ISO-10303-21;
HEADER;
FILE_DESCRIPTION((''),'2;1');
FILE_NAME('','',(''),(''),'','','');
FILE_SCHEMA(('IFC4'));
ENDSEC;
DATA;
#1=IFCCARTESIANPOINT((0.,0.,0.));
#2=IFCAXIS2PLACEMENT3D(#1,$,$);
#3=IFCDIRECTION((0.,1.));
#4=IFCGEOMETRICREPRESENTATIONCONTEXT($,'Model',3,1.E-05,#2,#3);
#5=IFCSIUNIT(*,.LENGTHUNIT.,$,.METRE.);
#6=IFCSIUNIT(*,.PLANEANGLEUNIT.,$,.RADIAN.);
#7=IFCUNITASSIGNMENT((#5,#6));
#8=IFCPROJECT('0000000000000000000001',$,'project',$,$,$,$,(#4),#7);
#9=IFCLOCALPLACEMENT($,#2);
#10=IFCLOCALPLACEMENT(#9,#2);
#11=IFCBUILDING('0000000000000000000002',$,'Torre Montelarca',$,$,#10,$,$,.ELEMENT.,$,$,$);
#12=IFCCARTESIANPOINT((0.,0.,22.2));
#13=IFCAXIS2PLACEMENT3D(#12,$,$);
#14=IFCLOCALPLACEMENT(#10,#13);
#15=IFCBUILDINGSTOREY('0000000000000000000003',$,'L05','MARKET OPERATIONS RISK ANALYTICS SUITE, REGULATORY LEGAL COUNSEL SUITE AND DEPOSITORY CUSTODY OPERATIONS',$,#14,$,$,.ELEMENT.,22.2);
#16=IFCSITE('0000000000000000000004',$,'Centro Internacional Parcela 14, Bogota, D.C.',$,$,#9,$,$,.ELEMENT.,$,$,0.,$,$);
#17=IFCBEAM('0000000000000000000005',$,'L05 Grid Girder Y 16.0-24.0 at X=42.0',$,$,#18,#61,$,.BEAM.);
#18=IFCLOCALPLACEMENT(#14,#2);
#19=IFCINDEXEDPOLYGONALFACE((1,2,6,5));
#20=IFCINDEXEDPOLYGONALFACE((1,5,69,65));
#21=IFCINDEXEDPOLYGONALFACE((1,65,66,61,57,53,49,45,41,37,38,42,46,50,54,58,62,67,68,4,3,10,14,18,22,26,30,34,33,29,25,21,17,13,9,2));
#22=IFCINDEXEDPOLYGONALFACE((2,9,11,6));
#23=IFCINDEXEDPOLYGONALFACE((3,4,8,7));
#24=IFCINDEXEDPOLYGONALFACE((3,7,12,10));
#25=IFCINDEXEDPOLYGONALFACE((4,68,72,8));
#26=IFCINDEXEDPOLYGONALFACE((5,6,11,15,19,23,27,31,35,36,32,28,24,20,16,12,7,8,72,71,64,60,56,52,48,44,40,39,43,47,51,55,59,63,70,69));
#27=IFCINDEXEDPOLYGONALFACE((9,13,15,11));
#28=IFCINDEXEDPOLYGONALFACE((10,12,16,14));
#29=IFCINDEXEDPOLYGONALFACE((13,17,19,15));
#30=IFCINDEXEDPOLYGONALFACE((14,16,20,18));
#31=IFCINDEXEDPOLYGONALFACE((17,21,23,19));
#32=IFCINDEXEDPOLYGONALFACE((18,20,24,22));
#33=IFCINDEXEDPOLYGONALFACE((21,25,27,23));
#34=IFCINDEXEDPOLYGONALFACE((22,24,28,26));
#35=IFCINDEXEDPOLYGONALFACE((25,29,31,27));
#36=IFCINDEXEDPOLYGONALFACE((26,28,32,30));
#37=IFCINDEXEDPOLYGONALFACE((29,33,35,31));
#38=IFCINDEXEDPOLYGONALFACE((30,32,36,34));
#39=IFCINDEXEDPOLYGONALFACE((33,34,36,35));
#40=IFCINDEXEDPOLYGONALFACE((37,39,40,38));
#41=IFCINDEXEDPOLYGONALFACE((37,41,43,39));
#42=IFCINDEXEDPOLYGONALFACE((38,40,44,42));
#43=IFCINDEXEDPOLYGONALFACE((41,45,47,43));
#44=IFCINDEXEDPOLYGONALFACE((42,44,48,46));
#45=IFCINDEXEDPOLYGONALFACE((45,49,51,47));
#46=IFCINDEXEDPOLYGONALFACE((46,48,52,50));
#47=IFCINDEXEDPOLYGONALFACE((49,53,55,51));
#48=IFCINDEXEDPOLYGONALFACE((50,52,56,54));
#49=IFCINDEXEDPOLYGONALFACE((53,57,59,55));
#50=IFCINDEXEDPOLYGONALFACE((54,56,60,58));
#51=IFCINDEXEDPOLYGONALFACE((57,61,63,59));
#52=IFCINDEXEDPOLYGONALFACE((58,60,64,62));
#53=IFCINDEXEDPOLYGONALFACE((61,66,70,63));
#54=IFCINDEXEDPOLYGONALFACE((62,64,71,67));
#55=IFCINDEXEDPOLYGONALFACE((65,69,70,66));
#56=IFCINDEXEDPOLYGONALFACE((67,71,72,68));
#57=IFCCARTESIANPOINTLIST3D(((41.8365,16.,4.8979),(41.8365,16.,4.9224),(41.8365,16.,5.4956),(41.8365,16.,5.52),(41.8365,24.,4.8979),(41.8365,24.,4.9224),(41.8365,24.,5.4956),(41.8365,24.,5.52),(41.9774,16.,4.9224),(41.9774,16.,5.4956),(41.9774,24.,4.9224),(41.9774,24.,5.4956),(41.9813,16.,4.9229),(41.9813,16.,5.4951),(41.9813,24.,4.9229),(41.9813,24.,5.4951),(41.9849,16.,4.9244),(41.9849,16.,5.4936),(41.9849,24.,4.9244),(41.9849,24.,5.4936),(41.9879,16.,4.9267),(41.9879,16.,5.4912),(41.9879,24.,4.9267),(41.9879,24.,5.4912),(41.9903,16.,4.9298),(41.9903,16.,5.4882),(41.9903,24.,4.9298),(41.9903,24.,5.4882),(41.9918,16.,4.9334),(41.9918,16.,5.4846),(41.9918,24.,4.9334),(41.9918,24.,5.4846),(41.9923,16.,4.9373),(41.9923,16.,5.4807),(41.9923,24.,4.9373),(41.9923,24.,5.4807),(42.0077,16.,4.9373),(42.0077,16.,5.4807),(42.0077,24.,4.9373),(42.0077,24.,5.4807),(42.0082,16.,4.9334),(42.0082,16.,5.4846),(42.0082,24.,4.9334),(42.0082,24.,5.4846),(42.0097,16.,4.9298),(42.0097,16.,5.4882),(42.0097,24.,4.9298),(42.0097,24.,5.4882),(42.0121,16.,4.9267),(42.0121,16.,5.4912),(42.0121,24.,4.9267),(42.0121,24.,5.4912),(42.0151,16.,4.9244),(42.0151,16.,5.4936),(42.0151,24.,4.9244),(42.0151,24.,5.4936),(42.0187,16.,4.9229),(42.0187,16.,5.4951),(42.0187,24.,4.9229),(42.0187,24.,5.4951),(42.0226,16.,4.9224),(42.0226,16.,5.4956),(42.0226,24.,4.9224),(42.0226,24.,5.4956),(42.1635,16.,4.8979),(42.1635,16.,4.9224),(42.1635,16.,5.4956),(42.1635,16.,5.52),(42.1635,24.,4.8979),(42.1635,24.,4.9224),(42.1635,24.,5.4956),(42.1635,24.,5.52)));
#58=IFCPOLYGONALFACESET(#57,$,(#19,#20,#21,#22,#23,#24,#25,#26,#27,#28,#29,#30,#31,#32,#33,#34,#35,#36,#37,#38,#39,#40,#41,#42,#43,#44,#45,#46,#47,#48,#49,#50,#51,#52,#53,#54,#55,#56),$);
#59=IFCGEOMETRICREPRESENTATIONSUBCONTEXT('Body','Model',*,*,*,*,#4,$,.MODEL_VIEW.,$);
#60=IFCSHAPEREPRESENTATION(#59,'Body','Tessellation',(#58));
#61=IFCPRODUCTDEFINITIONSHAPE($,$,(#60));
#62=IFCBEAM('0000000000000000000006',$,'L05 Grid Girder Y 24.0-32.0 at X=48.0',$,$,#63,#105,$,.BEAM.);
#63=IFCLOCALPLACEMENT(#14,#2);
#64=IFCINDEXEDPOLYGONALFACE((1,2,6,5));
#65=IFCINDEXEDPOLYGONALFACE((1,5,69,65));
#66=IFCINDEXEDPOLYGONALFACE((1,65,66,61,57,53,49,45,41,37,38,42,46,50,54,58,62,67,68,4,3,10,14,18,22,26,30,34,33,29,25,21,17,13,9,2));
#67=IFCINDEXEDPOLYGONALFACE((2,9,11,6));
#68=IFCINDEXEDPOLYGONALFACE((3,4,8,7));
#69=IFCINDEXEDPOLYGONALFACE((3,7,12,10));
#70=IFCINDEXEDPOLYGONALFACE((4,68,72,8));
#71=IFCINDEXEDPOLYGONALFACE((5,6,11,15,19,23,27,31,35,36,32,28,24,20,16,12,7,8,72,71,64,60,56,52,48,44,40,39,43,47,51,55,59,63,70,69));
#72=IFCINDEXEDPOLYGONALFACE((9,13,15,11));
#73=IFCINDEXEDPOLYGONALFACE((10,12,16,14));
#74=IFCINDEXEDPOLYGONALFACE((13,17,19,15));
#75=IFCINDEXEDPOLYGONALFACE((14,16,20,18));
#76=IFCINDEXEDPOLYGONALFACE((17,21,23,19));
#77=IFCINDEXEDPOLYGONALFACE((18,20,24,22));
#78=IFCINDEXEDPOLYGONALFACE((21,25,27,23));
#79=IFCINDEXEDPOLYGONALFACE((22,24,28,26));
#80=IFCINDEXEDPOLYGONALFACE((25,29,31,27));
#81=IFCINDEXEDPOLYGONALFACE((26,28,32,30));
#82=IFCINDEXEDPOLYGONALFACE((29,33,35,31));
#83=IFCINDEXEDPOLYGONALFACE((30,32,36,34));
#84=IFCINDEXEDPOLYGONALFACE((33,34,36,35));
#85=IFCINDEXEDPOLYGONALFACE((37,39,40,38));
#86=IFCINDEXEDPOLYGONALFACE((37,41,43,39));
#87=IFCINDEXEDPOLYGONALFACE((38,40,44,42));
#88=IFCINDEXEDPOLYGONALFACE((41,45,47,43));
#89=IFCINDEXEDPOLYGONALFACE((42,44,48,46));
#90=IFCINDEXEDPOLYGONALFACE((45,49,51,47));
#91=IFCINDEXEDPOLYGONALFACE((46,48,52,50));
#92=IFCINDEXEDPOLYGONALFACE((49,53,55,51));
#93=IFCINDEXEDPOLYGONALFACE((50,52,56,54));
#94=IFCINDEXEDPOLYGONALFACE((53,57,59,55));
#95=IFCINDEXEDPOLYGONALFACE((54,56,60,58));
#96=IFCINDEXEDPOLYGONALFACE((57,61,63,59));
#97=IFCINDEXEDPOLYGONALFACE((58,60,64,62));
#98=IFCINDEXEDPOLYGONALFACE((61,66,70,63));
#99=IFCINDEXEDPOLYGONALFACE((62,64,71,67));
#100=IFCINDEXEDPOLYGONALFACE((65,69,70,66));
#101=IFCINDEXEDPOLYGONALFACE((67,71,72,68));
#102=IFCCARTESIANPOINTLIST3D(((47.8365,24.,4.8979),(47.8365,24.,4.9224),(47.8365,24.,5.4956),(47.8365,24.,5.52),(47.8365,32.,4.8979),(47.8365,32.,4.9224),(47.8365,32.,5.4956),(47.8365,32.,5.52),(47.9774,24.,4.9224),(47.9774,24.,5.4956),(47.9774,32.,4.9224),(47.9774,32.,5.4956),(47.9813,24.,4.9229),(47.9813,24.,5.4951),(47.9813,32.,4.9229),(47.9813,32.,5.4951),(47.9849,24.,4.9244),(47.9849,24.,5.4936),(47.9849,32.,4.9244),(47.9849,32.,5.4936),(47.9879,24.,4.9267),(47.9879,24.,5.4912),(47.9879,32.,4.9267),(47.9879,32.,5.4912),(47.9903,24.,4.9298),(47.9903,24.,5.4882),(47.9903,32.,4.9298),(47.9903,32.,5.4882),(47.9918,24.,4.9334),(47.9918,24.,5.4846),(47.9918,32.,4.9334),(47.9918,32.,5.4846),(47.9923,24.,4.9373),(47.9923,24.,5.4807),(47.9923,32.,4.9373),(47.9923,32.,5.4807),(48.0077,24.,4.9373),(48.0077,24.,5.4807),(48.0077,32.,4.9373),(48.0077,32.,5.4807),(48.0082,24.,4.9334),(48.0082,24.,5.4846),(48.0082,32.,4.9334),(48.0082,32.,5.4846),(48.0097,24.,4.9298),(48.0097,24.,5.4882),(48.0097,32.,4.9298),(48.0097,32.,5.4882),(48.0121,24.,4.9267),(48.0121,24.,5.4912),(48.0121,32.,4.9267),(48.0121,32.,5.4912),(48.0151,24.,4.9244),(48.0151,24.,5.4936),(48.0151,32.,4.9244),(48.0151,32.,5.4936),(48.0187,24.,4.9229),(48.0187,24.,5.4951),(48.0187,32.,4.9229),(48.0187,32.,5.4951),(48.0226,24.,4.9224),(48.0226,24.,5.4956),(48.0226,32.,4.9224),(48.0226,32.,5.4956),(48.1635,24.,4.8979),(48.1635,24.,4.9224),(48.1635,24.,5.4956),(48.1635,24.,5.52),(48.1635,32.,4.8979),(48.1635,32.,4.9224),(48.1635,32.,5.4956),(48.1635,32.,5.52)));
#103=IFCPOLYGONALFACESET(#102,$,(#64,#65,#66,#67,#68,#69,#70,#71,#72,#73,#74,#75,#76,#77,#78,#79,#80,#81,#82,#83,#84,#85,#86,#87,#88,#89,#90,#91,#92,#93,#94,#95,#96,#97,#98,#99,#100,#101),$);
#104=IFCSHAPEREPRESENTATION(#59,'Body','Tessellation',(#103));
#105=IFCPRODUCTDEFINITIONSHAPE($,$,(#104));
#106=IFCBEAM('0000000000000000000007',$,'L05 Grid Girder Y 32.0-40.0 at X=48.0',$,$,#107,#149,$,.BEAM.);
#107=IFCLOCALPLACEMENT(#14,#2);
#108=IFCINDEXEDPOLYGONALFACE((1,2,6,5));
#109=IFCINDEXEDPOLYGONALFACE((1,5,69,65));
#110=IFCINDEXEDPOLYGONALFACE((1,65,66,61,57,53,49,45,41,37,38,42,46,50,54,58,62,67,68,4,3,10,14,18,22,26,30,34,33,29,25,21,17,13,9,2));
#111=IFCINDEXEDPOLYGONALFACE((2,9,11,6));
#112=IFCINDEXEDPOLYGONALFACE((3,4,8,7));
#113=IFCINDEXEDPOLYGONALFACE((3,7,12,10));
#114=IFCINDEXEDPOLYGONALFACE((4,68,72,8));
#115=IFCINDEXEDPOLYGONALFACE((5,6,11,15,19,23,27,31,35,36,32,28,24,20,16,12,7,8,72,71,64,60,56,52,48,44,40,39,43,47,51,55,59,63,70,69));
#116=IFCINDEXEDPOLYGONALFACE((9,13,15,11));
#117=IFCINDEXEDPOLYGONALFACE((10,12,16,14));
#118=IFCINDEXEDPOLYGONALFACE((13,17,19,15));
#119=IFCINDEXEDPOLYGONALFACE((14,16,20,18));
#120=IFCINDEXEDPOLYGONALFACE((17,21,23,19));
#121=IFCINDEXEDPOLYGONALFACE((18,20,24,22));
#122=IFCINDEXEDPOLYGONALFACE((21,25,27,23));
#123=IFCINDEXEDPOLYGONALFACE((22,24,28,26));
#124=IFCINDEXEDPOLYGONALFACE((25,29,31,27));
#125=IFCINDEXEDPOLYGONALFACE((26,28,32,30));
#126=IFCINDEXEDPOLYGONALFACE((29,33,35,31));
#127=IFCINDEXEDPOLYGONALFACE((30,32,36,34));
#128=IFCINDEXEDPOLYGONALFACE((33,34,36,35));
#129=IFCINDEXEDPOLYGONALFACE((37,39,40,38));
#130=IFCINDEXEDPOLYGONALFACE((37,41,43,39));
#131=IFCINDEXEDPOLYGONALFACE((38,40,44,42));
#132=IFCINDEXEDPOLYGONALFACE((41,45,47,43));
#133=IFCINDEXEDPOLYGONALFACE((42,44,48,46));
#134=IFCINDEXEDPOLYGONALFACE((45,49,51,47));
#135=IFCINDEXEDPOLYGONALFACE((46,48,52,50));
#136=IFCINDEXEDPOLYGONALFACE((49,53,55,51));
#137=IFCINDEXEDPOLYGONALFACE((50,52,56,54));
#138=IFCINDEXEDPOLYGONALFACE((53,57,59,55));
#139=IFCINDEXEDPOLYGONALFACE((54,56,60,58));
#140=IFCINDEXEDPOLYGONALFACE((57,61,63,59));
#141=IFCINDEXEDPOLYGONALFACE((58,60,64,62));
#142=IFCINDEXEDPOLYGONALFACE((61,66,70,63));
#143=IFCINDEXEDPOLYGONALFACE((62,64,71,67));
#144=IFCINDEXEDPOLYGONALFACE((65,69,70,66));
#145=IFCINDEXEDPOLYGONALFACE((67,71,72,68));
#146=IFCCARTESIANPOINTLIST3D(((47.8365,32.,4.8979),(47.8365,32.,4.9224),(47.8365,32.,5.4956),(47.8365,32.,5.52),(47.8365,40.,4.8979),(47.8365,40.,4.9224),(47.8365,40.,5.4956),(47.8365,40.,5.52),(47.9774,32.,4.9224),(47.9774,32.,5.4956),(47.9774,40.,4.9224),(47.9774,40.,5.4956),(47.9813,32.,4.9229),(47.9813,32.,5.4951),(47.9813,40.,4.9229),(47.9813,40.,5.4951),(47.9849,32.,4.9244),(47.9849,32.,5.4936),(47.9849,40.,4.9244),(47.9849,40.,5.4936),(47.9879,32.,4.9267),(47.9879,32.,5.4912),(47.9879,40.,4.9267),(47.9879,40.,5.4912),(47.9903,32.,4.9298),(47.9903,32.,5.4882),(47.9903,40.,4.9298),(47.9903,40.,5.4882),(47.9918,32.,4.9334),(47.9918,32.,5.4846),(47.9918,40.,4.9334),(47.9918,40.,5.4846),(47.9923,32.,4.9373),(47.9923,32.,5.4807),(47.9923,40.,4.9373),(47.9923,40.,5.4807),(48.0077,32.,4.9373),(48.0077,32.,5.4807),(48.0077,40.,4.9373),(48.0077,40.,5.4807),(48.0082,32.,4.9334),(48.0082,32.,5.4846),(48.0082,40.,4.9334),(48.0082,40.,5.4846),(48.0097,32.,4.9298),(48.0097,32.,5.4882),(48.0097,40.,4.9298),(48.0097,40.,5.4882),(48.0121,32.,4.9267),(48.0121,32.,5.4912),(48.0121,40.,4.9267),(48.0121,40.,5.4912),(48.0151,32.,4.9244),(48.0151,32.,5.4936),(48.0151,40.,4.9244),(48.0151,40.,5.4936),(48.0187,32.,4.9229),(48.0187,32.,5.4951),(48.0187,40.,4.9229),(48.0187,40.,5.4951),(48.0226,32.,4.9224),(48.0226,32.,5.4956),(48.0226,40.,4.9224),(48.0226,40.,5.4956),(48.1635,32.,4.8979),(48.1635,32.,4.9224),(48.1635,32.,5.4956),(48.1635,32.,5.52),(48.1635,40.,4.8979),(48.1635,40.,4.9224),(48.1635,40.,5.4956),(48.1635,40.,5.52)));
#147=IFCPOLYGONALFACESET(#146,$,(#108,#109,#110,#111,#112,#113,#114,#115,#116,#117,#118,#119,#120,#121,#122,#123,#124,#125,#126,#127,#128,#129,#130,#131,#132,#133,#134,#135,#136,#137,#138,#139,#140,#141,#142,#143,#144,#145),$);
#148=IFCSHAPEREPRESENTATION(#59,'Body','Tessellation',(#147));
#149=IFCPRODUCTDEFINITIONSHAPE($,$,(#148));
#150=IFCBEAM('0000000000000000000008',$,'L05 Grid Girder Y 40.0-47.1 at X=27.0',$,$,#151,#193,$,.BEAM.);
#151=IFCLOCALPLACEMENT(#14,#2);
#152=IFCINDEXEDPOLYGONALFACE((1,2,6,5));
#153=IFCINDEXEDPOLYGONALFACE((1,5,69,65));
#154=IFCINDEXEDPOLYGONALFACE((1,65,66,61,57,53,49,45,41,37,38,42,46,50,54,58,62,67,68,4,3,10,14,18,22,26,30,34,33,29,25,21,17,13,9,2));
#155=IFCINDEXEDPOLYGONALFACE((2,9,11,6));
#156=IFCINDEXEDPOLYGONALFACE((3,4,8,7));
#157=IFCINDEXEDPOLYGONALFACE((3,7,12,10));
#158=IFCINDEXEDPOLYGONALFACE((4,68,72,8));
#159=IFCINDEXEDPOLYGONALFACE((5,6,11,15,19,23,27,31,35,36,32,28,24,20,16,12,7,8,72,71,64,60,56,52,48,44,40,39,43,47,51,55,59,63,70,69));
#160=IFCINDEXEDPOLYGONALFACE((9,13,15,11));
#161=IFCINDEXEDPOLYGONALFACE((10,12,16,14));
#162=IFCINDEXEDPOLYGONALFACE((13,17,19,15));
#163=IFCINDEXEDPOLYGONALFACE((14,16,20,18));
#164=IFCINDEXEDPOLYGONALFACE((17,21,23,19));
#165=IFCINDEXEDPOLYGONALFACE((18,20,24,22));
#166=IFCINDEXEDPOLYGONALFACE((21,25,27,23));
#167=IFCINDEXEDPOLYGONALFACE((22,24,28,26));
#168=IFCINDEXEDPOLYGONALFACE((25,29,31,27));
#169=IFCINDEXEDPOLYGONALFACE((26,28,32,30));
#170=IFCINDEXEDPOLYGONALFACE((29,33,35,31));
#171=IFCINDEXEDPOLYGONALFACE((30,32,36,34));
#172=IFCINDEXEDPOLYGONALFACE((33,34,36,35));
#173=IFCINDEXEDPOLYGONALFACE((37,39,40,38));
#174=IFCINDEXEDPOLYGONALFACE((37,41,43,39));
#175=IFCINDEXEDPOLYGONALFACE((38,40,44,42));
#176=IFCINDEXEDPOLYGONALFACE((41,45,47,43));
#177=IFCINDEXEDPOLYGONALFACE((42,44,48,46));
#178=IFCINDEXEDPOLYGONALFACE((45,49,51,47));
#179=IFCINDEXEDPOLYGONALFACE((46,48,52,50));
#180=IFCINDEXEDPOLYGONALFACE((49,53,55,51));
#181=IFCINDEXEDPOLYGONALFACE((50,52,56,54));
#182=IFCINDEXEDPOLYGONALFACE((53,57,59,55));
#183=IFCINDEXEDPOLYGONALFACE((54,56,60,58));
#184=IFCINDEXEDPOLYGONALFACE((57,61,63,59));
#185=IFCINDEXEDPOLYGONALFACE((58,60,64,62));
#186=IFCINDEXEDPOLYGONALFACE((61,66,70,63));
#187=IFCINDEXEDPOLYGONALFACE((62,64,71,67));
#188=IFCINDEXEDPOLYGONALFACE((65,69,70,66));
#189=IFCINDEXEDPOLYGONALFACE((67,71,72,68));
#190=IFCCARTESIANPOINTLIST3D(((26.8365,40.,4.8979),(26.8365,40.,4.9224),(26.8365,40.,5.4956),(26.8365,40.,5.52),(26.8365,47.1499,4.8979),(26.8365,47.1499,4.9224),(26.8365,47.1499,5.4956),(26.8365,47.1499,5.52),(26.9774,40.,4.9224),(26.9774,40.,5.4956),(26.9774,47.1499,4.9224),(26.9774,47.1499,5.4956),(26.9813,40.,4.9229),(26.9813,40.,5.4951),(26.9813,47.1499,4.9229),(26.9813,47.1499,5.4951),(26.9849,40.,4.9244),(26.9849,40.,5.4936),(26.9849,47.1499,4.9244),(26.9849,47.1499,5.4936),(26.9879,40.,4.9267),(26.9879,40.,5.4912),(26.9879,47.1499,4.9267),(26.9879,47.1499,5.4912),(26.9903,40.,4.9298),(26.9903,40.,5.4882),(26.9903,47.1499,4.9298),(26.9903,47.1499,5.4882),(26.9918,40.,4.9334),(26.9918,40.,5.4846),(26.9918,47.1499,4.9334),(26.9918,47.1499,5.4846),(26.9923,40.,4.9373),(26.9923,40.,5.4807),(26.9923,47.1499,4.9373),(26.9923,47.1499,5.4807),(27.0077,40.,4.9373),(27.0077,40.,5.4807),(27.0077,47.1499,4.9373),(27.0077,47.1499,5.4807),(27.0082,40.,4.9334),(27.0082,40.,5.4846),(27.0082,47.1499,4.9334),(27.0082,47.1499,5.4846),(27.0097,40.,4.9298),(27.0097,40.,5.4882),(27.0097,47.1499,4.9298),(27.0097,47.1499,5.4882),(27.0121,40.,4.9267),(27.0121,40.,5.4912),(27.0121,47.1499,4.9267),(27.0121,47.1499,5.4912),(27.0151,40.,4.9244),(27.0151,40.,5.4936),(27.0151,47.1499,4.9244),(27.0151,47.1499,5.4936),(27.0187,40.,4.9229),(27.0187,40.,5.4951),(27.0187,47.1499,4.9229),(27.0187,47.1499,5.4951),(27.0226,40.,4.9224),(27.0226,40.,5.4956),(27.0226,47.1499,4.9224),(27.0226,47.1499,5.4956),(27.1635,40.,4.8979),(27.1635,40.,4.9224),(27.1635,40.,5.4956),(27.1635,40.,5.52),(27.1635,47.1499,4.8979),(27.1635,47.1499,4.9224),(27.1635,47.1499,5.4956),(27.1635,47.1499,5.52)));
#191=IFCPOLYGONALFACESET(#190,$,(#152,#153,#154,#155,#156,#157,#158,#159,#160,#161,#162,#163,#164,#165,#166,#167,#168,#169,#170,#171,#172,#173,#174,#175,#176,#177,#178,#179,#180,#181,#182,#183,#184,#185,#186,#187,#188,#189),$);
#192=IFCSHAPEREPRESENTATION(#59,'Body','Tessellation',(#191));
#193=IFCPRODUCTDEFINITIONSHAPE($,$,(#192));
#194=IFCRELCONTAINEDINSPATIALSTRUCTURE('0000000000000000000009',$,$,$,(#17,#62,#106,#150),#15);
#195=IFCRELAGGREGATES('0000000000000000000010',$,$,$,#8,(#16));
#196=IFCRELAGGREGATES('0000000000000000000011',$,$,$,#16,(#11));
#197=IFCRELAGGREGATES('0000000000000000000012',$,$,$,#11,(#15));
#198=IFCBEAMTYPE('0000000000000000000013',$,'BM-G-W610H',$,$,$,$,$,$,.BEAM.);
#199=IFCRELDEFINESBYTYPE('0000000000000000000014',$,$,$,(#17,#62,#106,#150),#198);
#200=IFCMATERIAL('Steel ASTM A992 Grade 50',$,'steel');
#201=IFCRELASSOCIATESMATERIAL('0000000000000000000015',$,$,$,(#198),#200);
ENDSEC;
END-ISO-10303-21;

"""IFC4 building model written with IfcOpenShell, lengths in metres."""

from ifc_helpers import new_model, si_unit, direction, frame, origin, origin_2d, place, context, subcontext, project, spatial, i_section, extrude, source, transform, mapped, material, material_profile, profile_set, type_object, element, save


model = new_model("IFC4")

# Units and contexts
model_context = context("Model", 3, precision=1e-05, world=origin(), true_north=direction((0.0, 1.0)))
body_context = subcontext(model_context, "Body", "Model", "MODEL_VIEW")
ifc_project = project(units=[si_unit("LENGTHUNIT", "METRE"), si_unit("PLANEANGLEUNIT", "RADIAN")], contexts=[model_context])

# Site, building, storey
site_placement = place(None, origin())
site = spatial("IfcSite", under=ifc_project, at=site_placement, Name="Centro Internacional Parcela 14, Bogota, D.C.", CompositionType="ELEMENT", RefElevation=0.0)
building_placement = place(site_placement, origin())
building = spatial("IfcBuilding", under=site, at=building_placement, Name="Torre Montelarca", CompositionType="ELEMENT")
storey_placement = place(building_placement, frame((0.0, 0.0, 22.2)))
storey = spatial("IfcBuildingStorey", under=building, at=storey_placement, Name="L05", Description="MARKET OPERATIONS RISK ANALYTICS SUITE, REGULATORY LEGAL COUNSEL SUITE AND DEPOSITORY CUSTODY OPERATIONS", CompositionType="ELEMENT", Elevation=22.2)

# Beams
ifc_material_1 = material(Name="Steel ASTM A992 Grade 50", Category="steel")
ifc_material_profile_1 = material_profile(ifc_material_1, i_section(OverallWidth=0.3269, OverallDepth=0.6221, WebThickness=0.0154, FlangeThickness=0.0244, FilletRadius=0.0149, at=origin_2d()), Name="W610X195", Category="steel")
ifc_profile_set_1 = profile_set([ifc_material_profile_1], Name="Steel ASTM A992 Grade 50")
beam_type_1 = type_object("IfcBeamType", Name="BM-G-W610H", PredefinedType="BEAM", material=ifc_profile_set_1)
shared_shape_1 = source(origin(), body_context, "Body", "SweptSolid", [
    extrude(i_section(OverallWidth=0.3269, OverallDepth=0.6221, WebThickness=0.0154, FlangeThickness=0.0244, FilletRadius=0.0149, at=origin_2d()), origin(), (0.0, 0.0, 1.0), 8.0),
])
for number, where, z_axis, x_axis, name in (
    (1, (42.0, 16.0, 5.209), (0.0, 1.0, 0.0), (-1.0, 0.0, 0.0), "L05 Grid Girder Y 16.0-24.0 at X=42.0"),
    (2, (48.0, 24.0, 5.209), (0.0, 1.0, 0.0), (-1.0, 0.0, 0.0), "L05 Grid Girder Y 24.0-32.0 at X=48.0"),
    (3, (48.0, 32.0, 5.209), (0.0, 1.0, 0.0), (-1.0, 0.0, 0.0), "L05 Grid Girder Y 32.0-40.0 at X=48.0"),
):
    element("IfcBeam", number, at=place(storey_placement, frame(where, z_axis=z_axis, x_axis=x_axis)), inside=storey, type_object=beam_type_1, Name=name, PredefinedType="BEAM", context=body_context, shape_type="MappedRepresentation", body=[
        mapped(shared_shape_1, transform((0.0, 0.0, 0.0), scale=1.0)),
    ])
shared_shape_2 = source(origin(), body_context, "Body", "SweptSolid", [
    extrude(i_section(OverallWidth=0.3269, OverallDepth=0.6221, WebThickness=0.0154, FlangeThickness=0.0244, FilletRadius=0.0149, at=origin_2d()), origin(), (0.0, 0.0, 1.0), 7.1499),
])
beam_1_placement = place(storey_placement, frame((27.0, 40.0, 5.209), z_axis=(0.0, 1.0, 0.0), x_axis=(-1.0, 0.0, 0.0)))
element("IfcBeam", 4, at=beam_1_placement, inside=storey, type_object=beam_type_1, Name="L05 Grid Girder Y 40.0-47.1 at X=27.0", PredefinedType="BEAM", context=body_context, shape_type="MappedRepresentation", body=[
    mapped(shared_shape_2, transform((0.0, 0.0, 0.0), scale=1.0)),
])

save(model, "model.ifc")
